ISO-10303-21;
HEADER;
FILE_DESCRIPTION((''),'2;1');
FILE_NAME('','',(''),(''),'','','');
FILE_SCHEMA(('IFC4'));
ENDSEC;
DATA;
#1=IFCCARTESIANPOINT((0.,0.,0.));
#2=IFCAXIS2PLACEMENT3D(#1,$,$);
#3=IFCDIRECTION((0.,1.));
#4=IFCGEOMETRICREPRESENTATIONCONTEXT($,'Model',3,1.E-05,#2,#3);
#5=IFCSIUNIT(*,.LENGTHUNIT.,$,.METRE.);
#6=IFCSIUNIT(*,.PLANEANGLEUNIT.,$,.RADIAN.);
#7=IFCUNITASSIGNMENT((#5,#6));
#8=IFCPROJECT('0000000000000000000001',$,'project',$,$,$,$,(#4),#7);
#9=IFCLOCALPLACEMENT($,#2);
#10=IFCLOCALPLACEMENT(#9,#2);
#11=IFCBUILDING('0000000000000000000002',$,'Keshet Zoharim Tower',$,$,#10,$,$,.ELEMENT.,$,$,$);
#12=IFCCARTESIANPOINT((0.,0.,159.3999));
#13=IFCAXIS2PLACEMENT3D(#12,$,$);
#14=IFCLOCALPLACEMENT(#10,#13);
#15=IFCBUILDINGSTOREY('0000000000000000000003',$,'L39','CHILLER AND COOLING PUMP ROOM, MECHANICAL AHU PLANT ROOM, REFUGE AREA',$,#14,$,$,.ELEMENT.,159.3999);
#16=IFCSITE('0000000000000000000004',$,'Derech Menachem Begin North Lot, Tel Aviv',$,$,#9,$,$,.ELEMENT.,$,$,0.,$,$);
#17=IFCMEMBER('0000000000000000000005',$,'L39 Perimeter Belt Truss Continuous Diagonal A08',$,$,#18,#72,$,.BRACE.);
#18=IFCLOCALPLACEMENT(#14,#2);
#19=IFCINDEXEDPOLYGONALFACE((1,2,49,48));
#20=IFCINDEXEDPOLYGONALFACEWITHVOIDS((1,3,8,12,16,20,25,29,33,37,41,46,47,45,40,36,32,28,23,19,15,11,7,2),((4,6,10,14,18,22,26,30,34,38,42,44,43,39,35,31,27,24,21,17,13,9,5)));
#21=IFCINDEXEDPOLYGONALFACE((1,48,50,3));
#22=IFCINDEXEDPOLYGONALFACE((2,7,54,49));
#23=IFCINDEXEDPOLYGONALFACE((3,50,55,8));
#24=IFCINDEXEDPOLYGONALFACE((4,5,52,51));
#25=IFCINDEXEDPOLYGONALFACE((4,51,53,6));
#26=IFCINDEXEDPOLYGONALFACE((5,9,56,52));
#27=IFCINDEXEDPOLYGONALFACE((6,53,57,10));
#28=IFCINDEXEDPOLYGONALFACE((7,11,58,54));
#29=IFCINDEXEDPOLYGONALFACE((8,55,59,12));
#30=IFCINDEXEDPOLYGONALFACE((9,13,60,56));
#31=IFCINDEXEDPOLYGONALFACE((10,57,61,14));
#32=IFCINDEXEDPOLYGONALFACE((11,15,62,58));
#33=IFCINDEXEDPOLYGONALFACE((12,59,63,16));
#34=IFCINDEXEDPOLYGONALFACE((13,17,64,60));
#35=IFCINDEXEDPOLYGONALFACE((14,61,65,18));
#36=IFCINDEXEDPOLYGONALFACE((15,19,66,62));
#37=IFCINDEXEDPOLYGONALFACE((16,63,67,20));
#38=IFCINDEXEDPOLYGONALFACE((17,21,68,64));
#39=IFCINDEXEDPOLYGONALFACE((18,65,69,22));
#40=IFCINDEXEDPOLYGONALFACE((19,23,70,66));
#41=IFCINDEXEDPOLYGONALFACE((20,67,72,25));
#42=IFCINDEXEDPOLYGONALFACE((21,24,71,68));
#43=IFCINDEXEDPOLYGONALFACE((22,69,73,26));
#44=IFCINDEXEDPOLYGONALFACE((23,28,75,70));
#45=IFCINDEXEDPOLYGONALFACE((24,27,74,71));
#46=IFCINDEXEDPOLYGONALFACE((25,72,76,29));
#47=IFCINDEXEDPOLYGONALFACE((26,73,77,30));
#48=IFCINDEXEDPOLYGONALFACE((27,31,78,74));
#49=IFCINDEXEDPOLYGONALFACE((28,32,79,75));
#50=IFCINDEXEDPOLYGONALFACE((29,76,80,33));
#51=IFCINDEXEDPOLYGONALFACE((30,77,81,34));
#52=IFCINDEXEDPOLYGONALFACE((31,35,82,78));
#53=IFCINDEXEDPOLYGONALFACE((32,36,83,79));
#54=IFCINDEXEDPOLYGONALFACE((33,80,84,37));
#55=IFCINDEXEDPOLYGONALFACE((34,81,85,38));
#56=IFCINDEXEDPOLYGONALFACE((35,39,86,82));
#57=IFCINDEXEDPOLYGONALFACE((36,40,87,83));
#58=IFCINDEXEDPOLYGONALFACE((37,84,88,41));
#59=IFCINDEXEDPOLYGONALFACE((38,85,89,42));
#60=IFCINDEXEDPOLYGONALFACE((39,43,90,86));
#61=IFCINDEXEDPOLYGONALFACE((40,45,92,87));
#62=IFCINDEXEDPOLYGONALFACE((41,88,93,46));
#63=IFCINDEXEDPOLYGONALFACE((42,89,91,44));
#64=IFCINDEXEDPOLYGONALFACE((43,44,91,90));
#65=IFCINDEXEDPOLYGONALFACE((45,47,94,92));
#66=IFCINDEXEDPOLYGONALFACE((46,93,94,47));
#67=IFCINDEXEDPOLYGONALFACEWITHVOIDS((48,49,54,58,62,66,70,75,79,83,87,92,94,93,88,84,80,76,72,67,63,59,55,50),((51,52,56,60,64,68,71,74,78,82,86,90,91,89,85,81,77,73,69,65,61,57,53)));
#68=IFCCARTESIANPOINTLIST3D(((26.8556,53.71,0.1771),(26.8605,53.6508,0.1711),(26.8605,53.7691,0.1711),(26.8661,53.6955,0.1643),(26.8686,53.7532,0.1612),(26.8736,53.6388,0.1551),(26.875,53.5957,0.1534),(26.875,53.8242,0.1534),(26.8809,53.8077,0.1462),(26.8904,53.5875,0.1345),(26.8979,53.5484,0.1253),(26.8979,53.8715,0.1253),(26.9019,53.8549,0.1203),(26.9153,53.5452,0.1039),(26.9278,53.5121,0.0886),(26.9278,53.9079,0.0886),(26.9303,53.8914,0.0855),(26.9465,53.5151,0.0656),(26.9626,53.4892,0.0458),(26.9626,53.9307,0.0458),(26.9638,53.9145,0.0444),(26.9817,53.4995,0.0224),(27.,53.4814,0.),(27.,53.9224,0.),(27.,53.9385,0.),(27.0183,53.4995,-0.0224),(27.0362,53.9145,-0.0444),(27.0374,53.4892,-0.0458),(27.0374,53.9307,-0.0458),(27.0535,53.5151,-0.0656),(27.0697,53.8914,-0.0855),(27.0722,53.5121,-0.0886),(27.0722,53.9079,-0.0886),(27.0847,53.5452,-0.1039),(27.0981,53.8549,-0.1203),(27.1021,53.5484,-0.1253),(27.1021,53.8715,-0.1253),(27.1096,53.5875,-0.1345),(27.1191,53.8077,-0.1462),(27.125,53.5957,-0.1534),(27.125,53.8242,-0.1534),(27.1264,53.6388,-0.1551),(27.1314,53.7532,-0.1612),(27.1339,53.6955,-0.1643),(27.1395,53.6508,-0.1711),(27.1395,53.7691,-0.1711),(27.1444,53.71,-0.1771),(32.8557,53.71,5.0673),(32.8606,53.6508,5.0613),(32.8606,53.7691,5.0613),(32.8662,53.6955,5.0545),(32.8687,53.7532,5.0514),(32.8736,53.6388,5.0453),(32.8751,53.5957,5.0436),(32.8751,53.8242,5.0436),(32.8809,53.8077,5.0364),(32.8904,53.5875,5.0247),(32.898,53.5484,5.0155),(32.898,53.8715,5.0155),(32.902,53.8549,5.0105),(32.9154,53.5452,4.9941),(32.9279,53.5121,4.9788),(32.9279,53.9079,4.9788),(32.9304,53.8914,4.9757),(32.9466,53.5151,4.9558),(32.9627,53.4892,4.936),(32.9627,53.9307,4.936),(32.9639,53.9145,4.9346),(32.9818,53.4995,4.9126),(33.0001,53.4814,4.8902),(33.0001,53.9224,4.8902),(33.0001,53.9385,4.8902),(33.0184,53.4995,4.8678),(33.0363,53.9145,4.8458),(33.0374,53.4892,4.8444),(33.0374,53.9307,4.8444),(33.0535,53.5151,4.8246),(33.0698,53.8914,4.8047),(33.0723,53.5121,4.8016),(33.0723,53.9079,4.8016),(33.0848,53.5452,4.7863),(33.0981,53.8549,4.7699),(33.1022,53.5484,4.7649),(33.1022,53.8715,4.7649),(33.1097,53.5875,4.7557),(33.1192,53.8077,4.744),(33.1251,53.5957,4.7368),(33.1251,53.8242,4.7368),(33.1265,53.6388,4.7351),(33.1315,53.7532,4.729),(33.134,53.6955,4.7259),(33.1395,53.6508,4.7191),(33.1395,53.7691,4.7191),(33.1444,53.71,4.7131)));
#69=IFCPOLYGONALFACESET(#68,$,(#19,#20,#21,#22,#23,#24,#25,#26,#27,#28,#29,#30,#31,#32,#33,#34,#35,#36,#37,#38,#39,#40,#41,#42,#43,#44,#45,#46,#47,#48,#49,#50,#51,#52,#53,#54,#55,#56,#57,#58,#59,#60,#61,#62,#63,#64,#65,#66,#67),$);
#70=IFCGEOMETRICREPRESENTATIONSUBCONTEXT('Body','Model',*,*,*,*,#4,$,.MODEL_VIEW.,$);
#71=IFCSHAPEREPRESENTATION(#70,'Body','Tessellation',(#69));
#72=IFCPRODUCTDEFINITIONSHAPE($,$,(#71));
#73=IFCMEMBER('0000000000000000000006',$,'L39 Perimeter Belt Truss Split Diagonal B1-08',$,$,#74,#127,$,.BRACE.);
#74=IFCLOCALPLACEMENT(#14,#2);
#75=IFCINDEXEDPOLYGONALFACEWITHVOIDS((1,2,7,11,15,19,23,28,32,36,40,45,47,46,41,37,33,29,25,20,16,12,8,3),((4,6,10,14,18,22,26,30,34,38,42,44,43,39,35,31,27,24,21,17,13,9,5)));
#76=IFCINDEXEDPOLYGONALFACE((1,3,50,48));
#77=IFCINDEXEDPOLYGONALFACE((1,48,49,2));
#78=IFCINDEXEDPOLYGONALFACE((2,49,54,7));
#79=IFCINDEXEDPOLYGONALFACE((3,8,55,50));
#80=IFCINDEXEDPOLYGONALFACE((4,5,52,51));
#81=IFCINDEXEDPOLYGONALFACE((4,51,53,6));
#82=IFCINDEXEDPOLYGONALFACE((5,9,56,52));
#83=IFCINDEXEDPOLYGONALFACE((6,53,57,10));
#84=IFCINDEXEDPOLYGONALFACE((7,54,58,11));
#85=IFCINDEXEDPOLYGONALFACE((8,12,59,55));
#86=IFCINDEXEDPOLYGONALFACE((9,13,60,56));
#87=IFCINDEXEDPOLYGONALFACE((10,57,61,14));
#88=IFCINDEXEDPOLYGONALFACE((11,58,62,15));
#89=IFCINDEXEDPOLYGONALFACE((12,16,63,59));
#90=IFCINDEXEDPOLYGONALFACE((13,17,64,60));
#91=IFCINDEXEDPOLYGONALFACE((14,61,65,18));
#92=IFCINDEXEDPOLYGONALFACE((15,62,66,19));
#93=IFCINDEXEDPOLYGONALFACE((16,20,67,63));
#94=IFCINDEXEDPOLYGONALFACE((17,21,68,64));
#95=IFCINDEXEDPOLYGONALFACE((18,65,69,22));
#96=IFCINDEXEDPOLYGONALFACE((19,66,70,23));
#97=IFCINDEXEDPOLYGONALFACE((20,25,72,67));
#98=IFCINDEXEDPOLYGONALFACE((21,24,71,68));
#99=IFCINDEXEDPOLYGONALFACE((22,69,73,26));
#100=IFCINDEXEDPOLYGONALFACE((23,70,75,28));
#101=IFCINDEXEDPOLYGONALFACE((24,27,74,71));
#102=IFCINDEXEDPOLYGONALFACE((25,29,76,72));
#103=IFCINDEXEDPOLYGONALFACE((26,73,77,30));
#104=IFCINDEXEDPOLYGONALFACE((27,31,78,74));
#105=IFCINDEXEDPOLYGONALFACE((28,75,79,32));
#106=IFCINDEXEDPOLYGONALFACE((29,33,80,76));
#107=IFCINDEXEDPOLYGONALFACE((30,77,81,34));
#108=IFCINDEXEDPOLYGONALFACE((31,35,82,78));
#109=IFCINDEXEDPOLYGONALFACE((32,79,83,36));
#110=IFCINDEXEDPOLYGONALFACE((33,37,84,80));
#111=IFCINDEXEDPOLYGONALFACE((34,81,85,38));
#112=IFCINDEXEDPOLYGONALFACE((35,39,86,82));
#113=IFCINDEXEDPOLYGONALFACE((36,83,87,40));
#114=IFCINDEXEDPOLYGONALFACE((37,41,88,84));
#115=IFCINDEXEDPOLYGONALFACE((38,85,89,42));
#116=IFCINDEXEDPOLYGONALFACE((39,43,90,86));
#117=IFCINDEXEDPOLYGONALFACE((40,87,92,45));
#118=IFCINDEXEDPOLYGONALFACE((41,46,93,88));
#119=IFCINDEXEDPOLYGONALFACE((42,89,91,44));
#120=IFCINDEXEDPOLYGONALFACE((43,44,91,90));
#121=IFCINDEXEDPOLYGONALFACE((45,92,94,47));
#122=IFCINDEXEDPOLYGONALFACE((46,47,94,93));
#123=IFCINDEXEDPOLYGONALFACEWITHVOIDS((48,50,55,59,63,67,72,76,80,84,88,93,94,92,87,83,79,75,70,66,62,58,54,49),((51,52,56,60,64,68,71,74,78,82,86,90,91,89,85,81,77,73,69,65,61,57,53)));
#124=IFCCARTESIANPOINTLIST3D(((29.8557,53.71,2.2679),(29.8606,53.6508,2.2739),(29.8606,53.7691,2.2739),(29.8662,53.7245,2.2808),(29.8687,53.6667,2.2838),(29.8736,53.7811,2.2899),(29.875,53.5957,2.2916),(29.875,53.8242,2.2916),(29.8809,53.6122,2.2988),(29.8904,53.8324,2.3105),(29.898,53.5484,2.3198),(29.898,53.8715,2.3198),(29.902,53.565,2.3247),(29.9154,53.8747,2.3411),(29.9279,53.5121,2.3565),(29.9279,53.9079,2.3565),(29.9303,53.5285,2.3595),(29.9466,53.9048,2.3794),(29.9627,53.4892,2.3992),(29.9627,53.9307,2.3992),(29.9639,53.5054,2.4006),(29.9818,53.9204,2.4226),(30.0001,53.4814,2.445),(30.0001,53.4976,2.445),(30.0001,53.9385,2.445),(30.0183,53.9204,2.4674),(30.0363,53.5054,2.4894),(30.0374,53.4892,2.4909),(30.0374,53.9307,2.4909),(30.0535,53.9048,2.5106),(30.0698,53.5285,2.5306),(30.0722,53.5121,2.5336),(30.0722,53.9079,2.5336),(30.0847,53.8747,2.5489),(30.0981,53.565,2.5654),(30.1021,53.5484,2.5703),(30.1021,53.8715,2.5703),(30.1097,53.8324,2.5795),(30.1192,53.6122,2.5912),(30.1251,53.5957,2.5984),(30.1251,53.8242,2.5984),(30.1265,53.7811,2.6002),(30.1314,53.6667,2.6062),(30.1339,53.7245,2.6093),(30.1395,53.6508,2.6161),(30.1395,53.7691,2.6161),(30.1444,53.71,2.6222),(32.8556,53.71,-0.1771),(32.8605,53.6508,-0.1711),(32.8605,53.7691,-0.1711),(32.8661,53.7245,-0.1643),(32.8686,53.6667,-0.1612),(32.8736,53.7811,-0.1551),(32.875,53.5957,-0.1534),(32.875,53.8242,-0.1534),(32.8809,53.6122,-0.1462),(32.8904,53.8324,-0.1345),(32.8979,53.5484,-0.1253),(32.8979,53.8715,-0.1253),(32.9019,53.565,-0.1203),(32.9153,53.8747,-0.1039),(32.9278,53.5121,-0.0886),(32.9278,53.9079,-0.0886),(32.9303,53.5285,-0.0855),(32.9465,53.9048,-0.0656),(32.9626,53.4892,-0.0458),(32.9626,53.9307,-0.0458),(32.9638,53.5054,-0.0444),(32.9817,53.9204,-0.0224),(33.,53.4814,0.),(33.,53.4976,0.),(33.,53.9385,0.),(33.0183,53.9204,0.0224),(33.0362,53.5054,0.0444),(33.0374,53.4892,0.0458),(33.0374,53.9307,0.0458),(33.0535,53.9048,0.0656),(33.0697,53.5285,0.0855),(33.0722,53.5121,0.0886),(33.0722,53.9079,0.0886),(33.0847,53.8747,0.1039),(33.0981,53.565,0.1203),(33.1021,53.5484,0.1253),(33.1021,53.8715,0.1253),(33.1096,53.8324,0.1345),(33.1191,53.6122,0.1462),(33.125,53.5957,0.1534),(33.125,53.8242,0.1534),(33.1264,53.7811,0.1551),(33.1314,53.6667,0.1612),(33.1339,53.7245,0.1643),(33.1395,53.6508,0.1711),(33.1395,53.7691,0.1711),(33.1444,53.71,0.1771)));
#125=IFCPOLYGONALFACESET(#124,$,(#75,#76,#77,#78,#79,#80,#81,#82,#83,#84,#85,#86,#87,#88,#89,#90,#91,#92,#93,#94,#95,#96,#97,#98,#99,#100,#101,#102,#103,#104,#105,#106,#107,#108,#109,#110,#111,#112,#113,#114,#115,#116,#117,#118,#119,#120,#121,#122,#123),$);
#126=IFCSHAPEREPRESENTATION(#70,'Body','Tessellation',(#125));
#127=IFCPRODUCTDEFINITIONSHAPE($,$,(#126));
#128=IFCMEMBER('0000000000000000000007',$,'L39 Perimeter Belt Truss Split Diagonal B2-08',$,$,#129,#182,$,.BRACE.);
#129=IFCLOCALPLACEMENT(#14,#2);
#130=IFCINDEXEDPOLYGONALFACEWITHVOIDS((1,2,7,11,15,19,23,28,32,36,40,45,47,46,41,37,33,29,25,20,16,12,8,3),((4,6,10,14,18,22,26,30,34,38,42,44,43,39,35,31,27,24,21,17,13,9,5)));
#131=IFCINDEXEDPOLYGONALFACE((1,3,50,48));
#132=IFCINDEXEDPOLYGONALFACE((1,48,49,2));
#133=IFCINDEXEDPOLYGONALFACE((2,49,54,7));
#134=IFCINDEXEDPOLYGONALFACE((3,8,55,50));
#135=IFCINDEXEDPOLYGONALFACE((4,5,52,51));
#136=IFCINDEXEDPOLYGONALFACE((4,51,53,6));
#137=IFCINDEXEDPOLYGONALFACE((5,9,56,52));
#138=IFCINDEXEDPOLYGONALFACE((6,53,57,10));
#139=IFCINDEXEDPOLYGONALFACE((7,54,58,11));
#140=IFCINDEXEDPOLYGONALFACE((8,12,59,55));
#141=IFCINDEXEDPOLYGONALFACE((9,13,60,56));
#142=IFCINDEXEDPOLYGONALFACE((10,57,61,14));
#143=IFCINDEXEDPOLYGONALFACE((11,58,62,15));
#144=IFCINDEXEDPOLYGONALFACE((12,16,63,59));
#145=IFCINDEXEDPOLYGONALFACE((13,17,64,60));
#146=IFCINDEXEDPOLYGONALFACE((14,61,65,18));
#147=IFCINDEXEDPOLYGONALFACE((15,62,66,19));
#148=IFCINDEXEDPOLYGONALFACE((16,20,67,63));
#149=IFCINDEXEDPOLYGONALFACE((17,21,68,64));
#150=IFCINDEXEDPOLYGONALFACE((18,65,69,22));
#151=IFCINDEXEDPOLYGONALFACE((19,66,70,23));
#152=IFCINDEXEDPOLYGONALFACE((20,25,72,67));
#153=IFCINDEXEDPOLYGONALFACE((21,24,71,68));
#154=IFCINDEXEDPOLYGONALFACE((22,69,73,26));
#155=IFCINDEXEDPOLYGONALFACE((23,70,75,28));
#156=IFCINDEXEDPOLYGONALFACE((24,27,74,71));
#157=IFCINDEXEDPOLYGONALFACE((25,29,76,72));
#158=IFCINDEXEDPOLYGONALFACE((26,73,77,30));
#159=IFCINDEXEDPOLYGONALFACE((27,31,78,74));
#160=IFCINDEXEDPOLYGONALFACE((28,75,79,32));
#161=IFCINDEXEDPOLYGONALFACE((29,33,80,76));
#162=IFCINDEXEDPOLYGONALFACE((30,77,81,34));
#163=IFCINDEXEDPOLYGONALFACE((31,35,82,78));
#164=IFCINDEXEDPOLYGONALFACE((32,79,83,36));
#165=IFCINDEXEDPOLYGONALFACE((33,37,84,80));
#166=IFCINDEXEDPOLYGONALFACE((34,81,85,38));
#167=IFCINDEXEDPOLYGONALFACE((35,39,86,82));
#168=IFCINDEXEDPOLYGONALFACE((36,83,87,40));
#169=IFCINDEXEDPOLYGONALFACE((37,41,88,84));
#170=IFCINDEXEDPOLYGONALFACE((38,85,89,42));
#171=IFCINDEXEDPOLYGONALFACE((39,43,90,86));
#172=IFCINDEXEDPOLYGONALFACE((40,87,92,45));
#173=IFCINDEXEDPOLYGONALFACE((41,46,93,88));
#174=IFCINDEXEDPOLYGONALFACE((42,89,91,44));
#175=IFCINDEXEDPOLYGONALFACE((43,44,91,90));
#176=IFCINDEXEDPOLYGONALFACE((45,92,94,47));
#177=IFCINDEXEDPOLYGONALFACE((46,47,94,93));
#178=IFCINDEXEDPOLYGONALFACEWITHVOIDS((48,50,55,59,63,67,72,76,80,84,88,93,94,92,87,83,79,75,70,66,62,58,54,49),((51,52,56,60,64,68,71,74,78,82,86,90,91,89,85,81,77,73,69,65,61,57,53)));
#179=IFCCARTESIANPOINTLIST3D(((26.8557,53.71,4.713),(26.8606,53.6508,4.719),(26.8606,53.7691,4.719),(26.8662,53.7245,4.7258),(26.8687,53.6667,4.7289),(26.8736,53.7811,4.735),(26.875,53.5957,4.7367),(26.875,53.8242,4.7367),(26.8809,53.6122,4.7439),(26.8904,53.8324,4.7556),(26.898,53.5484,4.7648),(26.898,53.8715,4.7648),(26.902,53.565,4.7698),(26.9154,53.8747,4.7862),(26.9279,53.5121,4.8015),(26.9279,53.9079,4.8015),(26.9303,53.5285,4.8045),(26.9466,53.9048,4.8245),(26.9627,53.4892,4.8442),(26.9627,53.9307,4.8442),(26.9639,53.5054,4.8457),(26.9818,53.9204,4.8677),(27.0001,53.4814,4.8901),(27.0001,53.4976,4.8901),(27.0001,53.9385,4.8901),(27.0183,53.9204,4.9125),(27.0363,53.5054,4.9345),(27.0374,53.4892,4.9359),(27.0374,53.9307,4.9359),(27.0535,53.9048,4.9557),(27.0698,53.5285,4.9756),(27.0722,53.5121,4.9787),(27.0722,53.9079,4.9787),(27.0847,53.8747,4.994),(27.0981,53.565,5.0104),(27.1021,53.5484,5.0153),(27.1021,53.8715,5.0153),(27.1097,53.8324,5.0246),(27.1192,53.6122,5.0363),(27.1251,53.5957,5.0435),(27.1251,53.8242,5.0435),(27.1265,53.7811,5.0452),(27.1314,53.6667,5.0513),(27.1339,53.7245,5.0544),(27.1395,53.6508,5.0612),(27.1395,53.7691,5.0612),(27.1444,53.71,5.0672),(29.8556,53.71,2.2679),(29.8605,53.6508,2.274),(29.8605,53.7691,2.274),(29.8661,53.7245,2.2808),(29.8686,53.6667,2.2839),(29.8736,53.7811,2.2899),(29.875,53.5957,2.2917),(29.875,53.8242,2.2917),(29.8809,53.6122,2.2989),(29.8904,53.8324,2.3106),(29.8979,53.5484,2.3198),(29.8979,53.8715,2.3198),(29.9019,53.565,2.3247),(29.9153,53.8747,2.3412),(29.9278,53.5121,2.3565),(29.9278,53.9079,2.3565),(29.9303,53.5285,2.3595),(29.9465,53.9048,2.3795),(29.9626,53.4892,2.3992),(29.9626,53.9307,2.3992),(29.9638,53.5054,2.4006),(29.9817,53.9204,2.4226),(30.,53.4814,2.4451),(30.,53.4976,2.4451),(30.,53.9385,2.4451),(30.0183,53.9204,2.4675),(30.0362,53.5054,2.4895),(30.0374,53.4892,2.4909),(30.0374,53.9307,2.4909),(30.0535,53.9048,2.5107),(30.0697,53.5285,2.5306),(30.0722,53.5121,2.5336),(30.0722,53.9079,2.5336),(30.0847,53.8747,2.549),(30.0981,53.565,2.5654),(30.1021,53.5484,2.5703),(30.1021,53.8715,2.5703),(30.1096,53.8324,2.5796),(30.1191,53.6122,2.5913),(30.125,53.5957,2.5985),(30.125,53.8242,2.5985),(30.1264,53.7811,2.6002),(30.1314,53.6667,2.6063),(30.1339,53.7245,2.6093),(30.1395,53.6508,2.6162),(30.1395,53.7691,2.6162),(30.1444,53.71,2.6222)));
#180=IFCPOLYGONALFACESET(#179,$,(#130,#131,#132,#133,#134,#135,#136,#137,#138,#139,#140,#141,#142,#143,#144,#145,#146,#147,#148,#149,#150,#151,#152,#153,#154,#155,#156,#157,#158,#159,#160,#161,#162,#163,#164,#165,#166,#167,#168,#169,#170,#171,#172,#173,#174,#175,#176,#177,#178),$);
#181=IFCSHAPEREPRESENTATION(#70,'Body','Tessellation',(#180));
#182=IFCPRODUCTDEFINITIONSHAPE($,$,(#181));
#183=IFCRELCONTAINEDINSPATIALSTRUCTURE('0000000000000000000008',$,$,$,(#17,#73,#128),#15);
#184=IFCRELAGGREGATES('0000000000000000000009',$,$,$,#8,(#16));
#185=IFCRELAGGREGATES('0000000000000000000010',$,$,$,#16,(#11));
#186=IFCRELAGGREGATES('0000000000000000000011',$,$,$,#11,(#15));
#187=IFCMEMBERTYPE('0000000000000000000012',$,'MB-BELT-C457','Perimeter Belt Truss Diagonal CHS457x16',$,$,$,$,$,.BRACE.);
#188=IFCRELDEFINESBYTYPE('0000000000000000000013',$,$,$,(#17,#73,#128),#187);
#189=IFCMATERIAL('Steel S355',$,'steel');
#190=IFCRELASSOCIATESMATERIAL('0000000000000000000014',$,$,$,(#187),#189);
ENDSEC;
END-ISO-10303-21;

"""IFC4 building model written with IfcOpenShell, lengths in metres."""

from ifc_helpers import new_model, si_unit, direction, frame, origin, origin_2d, place, context, subcontext, project, spatial, hollow_circle, extrude, material, material_profile, profile_set, type_object, element, save


model = new_model("IFC4")

# Units and contexts
model_context = context("Model", 3, precision=1e-05, world=origin(), true_north=direction((0.0, 1.0)))
body_context = subcontext(model_context, "Body", "Model", "MODEL_VIEW")
ifc_project = project(units=[si_unit("LENGTHUNIT", "METRE"), si_unit("PLANEANGLEUNIT", "RADIAN")], contexts=[model_context])

# Site, building, storey
site_placement = place(None, origin())
site = spatial("IfcSite", under=ifc_project, at=site_placement, Name="Derech Menachem Begin North Lot, Tel Aviv", CompositionType="ELEMENT", RefElevation=0.0)
building_placement = place(site_placement, origin())
building = spatial("IfcBuilding", under=site, at=building_placement, Name="Keshet Zoharim Tower", CompositionType="ELEMENT")
storey_placement = place(building_placement, frame((0.0, 0.0, 159.3999)))
storey = spatial("IfcBuildingStorey", under=building, at=storey_placement, Name="L39", Description="CHILLER AND COOLING PUMP ROOM, MECHANICAL AHU PLANT ROOM, REFUGE AREA", CompositionType="ELEMENT", Elevation=159.3999)

# Shared definitions
ifc_material_1 = material(Name="Steel S355", Category="steel")

# Members
ifc_material_profile_1 = material_profile(ifc_material_1, hollow_circle(Radius=0.2285, WallThickness=0.0161, at=origin_2d()), Name="CHS457x16")
ifc_profile_set_1 = profile_set([ifc_material_profile_1], Name="Steel S355")
member_type_1 = type_object("IfcMemberType", Name="MB-BELT-C457", Description="Perimeter Belt Truss Diagonal CHS457x16", PredefinedType="BRACE", material=ifc_profile_set_1)
member_1_placement = place(storey_placement, frame((27.0, 53.71, 0.0), z_axis=(0.775156, 0.0, 0.63177), x_axis=(0.0, 1.0, 0.0)))
element("IfcMember", 1, at=member_1_placement, inside=storey, type_object=member_type_1, Name="L39 Perimeter Belt Truss Continuous Diagonal A08", PredefinedType="BRACE", context=body_context, shape_type="SweptSolid", body=[
    extrude(hollow_circle(Radius=0.2285, WallThickness=0.0161, at=origin_2d()), origin(), (0.0, 0.0, 1.0), 7.7405),
])
for number, where, z_axis, x_axis, name in (
    (2, (33.0, 53.71, 0.0), (-0.775156, 0.0, 0.63177), (0.0, -1.0, 0.0), "L39 Perimeter Belt Truss Split Diagonal B1-08"),
    (3, (30.0, 53.71, 2.4451), (-0.775156, 0.0, 0.63177), (0.0, -1.0, 0.0), "L39 Perimeter Belt Truss Split Diagonal B2-08"),
):
    element("IfcMember", number, at=place(storey_placement, frame(where, z_axis=z_axis, x_axis=x_axis)), inside=storey, type_object=member_type_1, Name=name, PredefinedType="BRACE", context=body_context, shape_type="SweptSolid", body=[
        extrude(hollow_circle(Radius=0.2285, WallThickness=0.0161, at=origin_2d()), origin(), (0.0, 0.0, 1.0), 3.8701),
    ])

save(model, "model.ifc")
